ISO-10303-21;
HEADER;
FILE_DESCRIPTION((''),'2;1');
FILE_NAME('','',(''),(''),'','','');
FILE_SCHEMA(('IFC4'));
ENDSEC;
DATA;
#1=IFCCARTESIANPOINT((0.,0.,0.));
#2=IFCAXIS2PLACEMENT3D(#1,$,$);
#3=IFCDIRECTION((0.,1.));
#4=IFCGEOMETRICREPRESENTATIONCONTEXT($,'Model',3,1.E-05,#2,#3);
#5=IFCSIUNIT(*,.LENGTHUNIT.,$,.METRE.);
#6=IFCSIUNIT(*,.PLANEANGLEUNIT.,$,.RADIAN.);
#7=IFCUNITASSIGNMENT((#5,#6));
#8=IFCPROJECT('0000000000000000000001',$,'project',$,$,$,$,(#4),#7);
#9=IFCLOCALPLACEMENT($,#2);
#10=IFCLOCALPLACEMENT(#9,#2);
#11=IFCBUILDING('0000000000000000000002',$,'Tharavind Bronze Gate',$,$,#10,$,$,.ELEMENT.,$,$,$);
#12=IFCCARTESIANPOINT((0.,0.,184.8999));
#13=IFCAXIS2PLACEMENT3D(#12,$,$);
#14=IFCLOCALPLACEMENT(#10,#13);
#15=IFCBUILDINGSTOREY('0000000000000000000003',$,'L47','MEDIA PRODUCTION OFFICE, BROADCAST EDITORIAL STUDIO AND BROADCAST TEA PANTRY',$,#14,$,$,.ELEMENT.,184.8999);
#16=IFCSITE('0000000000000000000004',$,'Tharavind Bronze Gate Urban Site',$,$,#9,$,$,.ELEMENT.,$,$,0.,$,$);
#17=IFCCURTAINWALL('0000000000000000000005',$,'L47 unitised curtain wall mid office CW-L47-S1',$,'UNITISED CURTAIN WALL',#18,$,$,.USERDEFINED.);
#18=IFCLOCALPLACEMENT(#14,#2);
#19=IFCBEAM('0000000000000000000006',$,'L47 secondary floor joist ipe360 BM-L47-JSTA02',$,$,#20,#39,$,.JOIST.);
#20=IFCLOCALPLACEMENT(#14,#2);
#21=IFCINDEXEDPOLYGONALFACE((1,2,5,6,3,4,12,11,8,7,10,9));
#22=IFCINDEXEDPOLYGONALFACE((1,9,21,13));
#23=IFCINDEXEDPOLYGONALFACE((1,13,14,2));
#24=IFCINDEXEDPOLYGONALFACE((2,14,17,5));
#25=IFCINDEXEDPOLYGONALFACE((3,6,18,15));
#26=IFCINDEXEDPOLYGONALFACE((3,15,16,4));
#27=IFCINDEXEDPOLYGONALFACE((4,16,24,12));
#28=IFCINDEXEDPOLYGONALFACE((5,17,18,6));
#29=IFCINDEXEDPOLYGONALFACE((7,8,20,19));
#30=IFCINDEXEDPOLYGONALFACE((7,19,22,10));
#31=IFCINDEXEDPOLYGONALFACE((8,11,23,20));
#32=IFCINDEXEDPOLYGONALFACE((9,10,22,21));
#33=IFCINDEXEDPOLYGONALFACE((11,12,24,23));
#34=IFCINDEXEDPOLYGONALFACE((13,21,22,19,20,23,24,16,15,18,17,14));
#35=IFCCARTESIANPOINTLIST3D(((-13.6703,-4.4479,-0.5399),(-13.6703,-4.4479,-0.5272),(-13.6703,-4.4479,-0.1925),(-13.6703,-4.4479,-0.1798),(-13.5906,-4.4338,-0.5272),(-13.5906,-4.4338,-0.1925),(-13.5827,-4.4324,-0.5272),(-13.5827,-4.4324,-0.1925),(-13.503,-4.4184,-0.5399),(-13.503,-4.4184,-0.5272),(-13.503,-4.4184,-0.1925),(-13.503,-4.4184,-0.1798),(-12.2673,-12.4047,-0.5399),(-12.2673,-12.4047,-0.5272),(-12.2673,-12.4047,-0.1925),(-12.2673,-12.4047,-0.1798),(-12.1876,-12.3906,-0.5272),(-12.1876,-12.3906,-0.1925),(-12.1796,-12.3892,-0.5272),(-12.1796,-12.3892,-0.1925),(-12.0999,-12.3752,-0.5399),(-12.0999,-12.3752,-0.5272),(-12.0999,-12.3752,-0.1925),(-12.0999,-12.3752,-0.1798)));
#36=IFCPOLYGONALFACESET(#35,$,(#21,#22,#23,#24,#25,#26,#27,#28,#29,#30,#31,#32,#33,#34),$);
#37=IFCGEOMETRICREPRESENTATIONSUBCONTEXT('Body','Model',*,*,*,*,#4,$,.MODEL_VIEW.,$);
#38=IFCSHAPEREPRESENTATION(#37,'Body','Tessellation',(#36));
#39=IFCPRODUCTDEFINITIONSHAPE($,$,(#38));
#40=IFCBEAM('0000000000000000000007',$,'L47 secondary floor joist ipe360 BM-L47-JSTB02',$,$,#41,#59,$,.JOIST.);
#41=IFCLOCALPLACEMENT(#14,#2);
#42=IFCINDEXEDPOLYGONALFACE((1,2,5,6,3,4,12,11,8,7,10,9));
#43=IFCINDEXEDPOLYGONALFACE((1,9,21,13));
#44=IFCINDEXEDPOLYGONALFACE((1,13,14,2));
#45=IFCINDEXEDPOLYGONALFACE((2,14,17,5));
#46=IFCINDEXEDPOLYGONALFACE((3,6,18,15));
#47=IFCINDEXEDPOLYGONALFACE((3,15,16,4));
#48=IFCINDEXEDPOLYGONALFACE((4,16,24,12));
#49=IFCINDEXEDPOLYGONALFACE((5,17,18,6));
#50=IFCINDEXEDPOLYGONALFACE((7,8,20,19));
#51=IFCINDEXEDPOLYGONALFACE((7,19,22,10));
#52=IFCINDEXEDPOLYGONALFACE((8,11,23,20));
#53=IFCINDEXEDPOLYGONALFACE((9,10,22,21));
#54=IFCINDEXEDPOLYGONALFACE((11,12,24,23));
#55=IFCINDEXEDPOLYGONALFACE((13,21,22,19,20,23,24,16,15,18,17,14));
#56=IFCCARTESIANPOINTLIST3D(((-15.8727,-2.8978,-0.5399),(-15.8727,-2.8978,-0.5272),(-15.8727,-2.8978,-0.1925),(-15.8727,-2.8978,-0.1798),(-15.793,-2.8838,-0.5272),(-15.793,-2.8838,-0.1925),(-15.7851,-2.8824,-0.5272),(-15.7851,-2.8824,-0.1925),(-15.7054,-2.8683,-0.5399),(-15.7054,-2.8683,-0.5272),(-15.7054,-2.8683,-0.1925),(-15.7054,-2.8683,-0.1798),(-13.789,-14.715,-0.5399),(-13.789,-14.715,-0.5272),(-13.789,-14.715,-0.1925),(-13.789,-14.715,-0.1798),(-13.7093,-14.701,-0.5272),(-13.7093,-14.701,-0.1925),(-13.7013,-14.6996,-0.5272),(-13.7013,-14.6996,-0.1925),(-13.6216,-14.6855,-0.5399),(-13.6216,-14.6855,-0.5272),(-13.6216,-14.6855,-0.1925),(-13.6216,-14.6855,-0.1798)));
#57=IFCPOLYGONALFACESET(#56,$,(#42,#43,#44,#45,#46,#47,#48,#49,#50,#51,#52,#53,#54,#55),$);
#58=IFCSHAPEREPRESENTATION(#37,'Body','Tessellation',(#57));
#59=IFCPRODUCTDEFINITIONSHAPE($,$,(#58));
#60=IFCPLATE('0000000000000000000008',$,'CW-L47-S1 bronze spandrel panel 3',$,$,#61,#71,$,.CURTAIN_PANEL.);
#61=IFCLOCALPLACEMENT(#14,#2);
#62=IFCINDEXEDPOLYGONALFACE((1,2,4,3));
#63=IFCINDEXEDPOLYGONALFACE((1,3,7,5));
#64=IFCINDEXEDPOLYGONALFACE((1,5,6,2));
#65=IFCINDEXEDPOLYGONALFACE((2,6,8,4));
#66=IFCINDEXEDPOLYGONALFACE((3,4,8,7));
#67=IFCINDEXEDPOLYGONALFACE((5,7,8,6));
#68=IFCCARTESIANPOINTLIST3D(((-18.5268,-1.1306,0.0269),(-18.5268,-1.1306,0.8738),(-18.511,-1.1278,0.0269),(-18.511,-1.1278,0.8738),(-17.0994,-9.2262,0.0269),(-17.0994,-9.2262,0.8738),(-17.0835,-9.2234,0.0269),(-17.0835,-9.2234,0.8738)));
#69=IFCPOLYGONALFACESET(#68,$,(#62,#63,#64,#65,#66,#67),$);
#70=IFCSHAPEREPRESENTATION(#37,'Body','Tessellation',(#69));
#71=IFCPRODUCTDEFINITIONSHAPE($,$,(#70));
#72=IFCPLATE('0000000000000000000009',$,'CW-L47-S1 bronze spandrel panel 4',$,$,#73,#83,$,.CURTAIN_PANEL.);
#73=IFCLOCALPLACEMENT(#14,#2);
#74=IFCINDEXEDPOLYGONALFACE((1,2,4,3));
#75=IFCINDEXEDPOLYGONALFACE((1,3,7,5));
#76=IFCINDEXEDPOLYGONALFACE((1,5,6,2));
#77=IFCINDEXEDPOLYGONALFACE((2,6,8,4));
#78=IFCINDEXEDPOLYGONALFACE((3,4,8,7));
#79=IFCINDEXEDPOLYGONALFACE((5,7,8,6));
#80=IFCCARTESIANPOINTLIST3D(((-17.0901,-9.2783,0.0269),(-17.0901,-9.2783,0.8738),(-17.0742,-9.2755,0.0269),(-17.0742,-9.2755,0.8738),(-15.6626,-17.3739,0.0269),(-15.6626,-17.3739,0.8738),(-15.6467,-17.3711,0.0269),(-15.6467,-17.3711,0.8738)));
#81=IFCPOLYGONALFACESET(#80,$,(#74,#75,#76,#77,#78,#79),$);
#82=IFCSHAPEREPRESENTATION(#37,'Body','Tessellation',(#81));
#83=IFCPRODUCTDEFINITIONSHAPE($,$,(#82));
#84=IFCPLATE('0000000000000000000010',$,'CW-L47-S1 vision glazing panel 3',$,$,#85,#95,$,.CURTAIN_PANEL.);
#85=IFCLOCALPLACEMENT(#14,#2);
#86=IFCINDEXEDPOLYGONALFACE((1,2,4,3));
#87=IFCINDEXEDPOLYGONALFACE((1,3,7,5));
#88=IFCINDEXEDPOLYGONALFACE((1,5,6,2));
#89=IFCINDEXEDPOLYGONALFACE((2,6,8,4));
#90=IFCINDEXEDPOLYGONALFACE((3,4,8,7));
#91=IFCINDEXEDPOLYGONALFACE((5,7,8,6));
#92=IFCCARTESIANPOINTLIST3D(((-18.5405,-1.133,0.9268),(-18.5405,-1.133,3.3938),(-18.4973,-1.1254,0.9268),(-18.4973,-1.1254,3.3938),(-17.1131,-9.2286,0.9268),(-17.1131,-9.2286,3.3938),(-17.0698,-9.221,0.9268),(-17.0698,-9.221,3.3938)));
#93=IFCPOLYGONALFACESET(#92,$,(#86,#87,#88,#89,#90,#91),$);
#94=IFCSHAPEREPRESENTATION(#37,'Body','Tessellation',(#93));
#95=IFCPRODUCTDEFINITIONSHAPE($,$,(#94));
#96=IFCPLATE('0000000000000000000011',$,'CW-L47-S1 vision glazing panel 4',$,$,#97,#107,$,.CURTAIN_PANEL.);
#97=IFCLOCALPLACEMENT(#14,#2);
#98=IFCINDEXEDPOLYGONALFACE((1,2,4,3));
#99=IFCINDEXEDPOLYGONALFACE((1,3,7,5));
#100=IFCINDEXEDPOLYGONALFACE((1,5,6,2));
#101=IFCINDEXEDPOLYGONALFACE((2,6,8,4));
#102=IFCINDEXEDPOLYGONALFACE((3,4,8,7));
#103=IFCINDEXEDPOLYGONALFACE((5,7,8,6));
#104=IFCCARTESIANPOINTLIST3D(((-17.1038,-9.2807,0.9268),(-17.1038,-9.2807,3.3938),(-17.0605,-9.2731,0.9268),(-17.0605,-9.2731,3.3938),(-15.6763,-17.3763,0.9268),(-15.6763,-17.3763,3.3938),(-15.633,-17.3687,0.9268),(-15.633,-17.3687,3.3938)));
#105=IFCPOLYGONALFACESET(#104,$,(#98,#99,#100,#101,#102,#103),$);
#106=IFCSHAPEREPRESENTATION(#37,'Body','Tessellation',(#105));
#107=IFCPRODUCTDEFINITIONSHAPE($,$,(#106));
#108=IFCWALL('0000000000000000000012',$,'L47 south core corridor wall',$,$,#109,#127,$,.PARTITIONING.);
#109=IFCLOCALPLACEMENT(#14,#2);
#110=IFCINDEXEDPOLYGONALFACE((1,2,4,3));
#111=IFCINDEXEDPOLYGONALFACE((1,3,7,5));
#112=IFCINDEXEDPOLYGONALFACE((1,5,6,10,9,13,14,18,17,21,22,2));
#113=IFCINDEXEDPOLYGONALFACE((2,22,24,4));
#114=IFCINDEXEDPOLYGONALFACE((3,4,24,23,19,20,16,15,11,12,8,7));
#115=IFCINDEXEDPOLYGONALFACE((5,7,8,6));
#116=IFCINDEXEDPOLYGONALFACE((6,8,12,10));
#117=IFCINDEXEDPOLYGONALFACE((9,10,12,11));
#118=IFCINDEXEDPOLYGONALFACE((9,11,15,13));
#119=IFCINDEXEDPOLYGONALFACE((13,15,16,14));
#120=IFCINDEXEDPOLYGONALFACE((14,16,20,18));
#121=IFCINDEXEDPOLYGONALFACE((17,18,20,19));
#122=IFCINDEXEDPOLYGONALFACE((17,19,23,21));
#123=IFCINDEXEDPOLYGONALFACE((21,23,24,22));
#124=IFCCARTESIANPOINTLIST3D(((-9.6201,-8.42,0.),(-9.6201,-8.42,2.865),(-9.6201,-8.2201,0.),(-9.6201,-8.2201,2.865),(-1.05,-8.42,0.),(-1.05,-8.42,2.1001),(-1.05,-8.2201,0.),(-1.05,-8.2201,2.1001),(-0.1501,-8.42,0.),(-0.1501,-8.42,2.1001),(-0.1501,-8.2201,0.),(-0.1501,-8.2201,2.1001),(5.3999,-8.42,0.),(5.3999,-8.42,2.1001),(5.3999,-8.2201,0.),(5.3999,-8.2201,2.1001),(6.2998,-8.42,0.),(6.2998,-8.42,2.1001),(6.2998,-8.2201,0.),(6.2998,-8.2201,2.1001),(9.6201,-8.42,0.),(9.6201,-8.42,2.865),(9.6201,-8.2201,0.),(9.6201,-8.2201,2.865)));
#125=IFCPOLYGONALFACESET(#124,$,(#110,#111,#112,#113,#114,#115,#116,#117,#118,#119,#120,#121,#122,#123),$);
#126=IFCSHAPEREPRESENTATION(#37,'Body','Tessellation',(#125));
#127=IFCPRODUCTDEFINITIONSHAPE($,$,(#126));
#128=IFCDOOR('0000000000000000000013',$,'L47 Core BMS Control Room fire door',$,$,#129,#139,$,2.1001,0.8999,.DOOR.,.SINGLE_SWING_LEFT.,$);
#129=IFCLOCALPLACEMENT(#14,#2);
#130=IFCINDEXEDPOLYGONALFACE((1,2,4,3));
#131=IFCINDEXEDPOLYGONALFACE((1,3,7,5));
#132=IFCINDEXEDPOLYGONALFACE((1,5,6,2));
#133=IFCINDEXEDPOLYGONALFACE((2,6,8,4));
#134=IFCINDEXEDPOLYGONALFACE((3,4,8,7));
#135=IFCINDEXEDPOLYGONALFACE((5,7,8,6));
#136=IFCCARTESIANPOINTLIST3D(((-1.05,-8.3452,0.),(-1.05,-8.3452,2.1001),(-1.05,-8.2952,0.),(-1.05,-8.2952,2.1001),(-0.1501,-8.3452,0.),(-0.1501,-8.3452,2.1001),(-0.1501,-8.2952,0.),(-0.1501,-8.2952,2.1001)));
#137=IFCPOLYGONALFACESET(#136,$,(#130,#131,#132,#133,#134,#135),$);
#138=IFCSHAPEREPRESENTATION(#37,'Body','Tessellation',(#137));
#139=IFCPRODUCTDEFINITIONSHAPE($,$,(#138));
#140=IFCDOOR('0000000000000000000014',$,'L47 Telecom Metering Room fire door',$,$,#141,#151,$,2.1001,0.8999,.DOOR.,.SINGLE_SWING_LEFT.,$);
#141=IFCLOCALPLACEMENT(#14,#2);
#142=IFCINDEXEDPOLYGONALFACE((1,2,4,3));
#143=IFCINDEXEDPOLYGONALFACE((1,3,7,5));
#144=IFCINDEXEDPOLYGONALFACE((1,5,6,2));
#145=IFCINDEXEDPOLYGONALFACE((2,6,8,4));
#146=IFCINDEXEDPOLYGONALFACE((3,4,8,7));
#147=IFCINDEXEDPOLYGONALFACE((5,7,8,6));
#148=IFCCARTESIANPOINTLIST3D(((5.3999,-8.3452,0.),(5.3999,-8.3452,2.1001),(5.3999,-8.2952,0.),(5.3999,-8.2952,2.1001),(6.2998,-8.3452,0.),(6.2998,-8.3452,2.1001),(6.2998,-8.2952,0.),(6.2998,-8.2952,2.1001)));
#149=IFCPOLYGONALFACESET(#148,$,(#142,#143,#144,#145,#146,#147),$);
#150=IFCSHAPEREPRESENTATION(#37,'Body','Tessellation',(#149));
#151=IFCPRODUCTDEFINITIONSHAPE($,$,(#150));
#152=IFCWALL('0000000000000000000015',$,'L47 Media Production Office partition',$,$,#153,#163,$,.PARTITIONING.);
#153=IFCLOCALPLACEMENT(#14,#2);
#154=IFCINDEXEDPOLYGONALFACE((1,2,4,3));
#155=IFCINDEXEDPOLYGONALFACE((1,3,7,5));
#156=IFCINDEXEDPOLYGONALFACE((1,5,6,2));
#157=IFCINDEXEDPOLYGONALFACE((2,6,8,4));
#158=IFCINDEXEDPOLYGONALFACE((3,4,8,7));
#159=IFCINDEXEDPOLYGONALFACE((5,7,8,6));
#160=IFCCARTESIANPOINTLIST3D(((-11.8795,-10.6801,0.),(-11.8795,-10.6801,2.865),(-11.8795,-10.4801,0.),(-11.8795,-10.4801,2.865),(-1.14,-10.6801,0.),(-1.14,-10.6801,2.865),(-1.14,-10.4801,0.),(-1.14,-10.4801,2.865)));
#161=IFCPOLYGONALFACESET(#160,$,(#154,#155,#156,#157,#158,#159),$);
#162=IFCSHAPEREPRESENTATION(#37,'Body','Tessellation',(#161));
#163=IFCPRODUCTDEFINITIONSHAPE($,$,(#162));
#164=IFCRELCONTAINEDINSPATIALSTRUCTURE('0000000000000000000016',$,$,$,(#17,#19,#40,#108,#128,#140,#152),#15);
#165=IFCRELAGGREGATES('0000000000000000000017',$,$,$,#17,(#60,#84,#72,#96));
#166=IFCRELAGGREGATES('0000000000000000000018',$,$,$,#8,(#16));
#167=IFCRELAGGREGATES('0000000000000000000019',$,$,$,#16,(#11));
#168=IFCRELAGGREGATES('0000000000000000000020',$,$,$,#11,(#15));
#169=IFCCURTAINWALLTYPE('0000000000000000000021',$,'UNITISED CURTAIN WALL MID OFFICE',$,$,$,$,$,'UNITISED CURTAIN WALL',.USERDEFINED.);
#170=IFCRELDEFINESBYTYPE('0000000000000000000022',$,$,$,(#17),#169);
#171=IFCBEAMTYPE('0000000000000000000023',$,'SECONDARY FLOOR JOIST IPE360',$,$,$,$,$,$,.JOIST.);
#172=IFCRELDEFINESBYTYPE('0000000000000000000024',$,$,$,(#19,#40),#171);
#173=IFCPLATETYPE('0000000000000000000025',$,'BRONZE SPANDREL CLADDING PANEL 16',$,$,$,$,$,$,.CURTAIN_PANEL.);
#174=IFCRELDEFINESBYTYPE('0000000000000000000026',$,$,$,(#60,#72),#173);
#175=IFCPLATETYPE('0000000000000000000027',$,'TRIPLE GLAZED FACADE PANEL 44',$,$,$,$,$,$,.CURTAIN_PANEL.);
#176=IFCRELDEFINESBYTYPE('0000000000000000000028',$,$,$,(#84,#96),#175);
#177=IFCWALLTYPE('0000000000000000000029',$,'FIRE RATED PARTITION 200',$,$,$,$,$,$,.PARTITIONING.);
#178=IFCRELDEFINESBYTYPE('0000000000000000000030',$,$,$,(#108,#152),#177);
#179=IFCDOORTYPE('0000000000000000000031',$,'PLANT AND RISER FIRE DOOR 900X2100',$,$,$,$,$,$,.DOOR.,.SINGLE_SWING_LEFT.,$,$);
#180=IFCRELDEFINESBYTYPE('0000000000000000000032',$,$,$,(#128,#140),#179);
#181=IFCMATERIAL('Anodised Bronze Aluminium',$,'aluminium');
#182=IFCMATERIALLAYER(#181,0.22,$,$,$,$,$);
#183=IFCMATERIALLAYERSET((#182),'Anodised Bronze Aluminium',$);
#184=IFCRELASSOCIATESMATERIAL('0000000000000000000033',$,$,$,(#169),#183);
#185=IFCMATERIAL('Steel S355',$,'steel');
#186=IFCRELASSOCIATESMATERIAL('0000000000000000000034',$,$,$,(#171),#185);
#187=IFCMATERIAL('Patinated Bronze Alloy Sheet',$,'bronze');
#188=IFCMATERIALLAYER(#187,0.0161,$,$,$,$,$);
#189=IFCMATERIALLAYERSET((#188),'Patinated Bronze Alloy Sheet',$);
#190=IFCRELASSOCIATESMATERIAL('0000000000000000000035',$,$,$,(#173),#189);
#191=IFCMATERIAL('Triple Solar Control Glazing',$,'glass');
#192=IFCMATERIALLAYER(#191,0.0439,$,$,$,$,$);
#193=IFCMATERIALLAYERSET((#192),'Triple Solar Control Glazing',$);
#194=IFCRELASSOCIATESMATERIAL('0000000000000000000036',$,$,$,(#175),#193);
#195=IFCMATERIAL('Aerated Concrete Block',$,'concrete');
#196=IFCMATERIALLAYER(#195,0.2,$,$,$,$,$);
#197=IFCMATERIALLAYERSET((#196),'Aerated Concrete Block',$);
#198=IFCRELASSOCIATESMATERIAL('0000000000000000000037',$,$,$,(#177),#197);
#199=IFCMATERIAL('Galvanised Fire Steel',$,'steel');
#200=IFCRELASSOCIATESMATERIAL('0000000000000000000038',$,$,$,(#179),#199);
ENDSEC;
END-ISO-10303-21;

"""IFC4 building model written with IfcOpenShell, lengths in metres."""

from ifc_helpers import new_model, si_unit, direction, frame, frame_2d, origin, origin_2d, place, context, subcontext, project, spatial, rectangle, i_section, extrude, material, layer, layer_set, material_profile, profile_set, type_object, element, fill, aggregate, save


model = new_model("IFC4")

# Units and contexts
model_context = context("Model", 3, precision=1e-05, world=origin(), true_north=direction((0.0, 1.0)))
body_context = subcontext(model_context, "Body", "Model", "MODEL_VIEW")
ifc_project = project(units=[si_unit("LENGTHUNIT", "METRE"), si_unit("PLANEANGLEUNIT", "RADIAN")], contexts=[model_context])

# Site, building, storey
site_placement = place(None, origin())
site = spatial("IfcSite", under=ifc_project, at=site_placement, Name="Tharavind Bronze Gate Urban Site", CompositionType="ELEMENT", RefElevation=0.0)
building_placement = place(site_placement, origin())
building = spatial("IfcBuilding", under=site, at=building_placement, Name="Tharavind Bronze Gate", CompositionType="ELEMENT")
storey_placement = place(building_placement, frame((0.0, 0.0, 184.8999)))
storey = spatial("IfcBuildingStorey", under=building, at=storey_placement, Name="L47", Description="MEDIA PRODUCTION OFFICE, BROADCAST EDITORIAL STUDIO AND BROADCAST TEA PANTRY", CompositionType="ELEMENT", Elevation=184.8999)

# Curtain wall
ifc_material_1 = material(Name="Anodised Bronze Aluminium", Category="aluminium")
ifc_layer_1 = layer(ifc_material_1, 0.22)
ifc_layer_set_1 = layer_set([ifc_layer_1], Name="Anodised Bronze Aluminium")
curtain_wall_type = type_object("IfcCurtainWallType", Name="UNITISED CURTAIN WALL MID OFFICE", ElementType="UNITISED CURTAIN WALL", PredefinedType="USERDEFINED", material=ifc_layer_set_1)
curtain_wall_placement = place(storey_placement, origin())
curtain_wall = element("IfcCurtainWall", 1, at=curtain_wall_placement, inside=storey, type_object=curtain_wall_type, Name="L47 unitised curtain wall mid office CW-L47-S1", ObjectType="UNITISED CURTAIN WALL", PredefinedType="USERDEFINED")

# Beams
ifc_material_2 = material(Name="Steel S355", Category="steel")
ifc_material_profile_1 = material_profile(ifc_material_2, i_section(OverallWidth=0.1699, OverallDepth=0.3601, WebThickness=0.0081, FlangeThickness=0.0127, at=origin_2d()), Name="IPE360")
ifc_profile_set_1 = profile_set([ifc_material_profile_1], Name="Steel S355")
beam_type_1 = type_object("IfcBeamType", Name="SECONDARY FLOOR JOIST IPE360", PredefinedType="JOIST", material=ifc_profile_set_1)
beam_1_placement = place(storey_placement, frame((-13.5867, -4.4331, -0.3599), z_axis=(0.173658, -0.984806, 0.0), x_axis=(0.984806, 0.173658, 0.0)))
element("IfcBeam", 2, at=beam_1_placement, inside=storey, type_object=beam_type_1, Name="L47 secondary floor joist ipe360 BM-L47-JSTA02", PredefinedType="JOIST", context=body_context, shape_type="SweptSolid", body=[
    extrude(i_section(OverallWidth=0.1699, OverallDepth=0.3601, WebThickness=0.0081, FlangeThickness=0.0127, at=origin_2d()), origin(), (0.0, 0.0, 1.0), 8.0796),
])
beam_2_placement = place(storey_placement, frame((-15.7891, -2.8831, -0.3599), z_axis=(0.173653, -0.984807, 0.0), x_axis=(0.984807, 0.173653, 0.0)))
element("IfcBeam", 3, at=beam_2_placement, inside=storey, type_object=beam_type_1, Name="L47 secondary floor joist ipe360 BM-L47-JSTB02", PredefinedType="JOIST", context=body_context, shape_type="SweptSolid", body=[
    extrude(i_section(OverallWidth=0.1699, OverallDepth=0.3601, WebThickness=0.0081, FlangeThickness=0.0127, at=origin_2d()), origin(), (0.0, 0.0, 1.0), 11.9995),
])

# Plates
ifc_material_3 = material(Name="Patinated Bronze Alloy Sheet", Category="bronze")
ifc_layer_2 = layer(ifc_material_3, 0.0161)
ifc_layer_set_2 = layer_set([ifc_layer_2], Name="Patinated Bronze Alloy Sheet")
plate_type_1 = type_object("IfcPlateType", Name="BRONZE SPANDREL CLADDING PANEL 16", PredefinedType="CURTAIN_PANEL", material=ifc_layer_set_2)
plate_1_placement = place(storey_placement, frame((-17.8052, -5.177, 0.0269), z_axis=(0.0, 0.0, 1.0), x_axis=(0.173648, -0.984808, 0.0)))
plate_1 = element("IfcPlate", 4, at=plate_1_placement, type_object=plate_type_1, Name="CW-L47-S1 bronze spandrel panel 3", PredefinedType="CURTAIN_PANEL", context=body_context, shape_type="SweptSolid", body=[
    extrude(rectangle(XDim=8.2205, YDim=0.0161, at=origin_2d()), origin(), (0.0, 0.0, 1.0), 0.8469),
])
plate_2_placement = place(storey_placement, frame((-16.3684, -13.3247, 0.0269), z_axis=(0.0, 0.0, 1.0), x_axis=(0.173648, -0.984808, 0.0)))
plate_2 = element("IfcPlate", 5, at=plate_2_placement, type_object=plate_type_1, Name="CW-L47-S1 bronze spandrel panel 4", PredefinedType="CURTAIN_PANEL", context=body_context, shape_type="SweptSolid", body=[
    extrude(rectangle(XDim=8.2205, YDim=0.0161, at=origin_2d()), origin(), (0.0, 0.0, 1.0), 0.8469),
])
ifc_material_4 = material(Name="Triple Solar Control Glazing", Category="glass")
ifc_layer_3 = layer(ifc_material_4, 0.0439)
ifc_layer_set_3 = layer_set([ifc_layer_3], Name="Triple Solar Control Glazing")
plate_type_2 = type_object("IfcPlateType", Name="TRIPLE GLAZED FACADE PANEL 44", PredefinedType="CURTAIN_PANEL", material=ifc_layer_set_3)
plate_3_placement = place(storey_placement, frame((-17.8052, -5.177, 0.9268), z_axis=(0.0, 0.0, 1.0), x_axis=(0.173648, -0.984808, 0.0)))
plate_3 = element("IfcPlate", 6, at=plate_3_placement, type_object=plate_type_2, Name="CW-L47-S1 vision glazing panel 3", PredefinedType="CURTAIN_PANEL", context=body_context, shape_type="SweptSolid", body=[
    extrude(rectangle(XDim=8.2205, YDim=0.0439, at=origin_2d()), origin(), (0.0, 0.0, 1.0), 2.467),
])
plate_4_placement = place(storey_placement, frame((-16.3684, -13.3247, 0.9268), z_axis=(0.0, 0.0, 1.0), x_axis=(0.173648, -0.984808, 0.0)))
plate_4 = element("IfcPlate", 7, at=plate_4_placement, type_object=plate_type_2, Name="CW-L47-S1 vision glazing panel 4", PredefinedType="CURTAIN_PANEL", context=body_context, shape_type="SweptSolid", body=[
    extrude(rectangle(XDim=8.2205, YDim=0.0439, at=origin_2d()), origin(), (0.0, 0.0, 1.0), 2.467),
])
aggregate(curtain_wall, [plate_1, plate_3, plate_2, plate_4])

# Wall, openings, doors
ifc_material_5 = material(Name="Aerated Concrete Block", Category="concrete")
ifc_layer_4 = layer(ifc_material_5, 0.2)
ifc_layer_set_4 = layer_set([ifc_layer_4], Name="Aerated Concrete Block")
wall_type = type_object("IfcWallType", Name="FIRE RATED PARTITION 200", PredefinedType="PARTITIONING", material=ifc_layer_set_4)
wall_1_placement = place(storey_placement, frame((-9.6201, -8.3201, 0.0), z_axis=(0.0, 0.0, 1.0), x_axis=(1.0, 0.0, 0.0)))
wall_1 = element("IfcWall", 8, at=wall_1_placement, inside=storey, type_object=wall_type, Name="L47 south core corridor wall", PredefinedType="PARTITIONING", context=body_context, shape_type="SweptSolid", body=[
    extrude(rectangle(XDim=19.2402, YDim=0.2, at=frame_2d((9.6201, 0.0))), origin(), (0.0, 0.0, 1.0), 2.865),
])
opening_1_placement = place(wall_1_placement, frame((8.5701, 0.0, 0.0)))
opening_1 = element("IfcOpeningElement", 9, at=opening_1_placement, cuts=wall_1, PredefinedType="OPENING", context=body_context, shape_type="SweptSolid", body=[
    extrude(rectangle(XDim=0.8999, YDim=2.1001, at=frame_2d((0.45, 1.05))), frame((0.0, 0.1101, 0.0), z_axis=(0.0, -1.0, 0.0), x_axis=(1.0, 0.0, 0.0)), (0.0, 0.0, 1.0), 0.22),
])
opening_2_placement = place(wall_1_placement, frame((15.02, 0.0, 0.0)))
opening_2 = element("IfcOpeningElement", 10, at=opening_2_placement, cuts=wall_1, PredefinedType="OPENING", context=body_context, shape_type="SweptSolid", body=[
    extrude(rectangle(XDim=0.8999, YDim=2.1001, at=frame_2d((0.45, 1.05))), frame((0.0, 0.1101, 0.0), z_axis=(0.0, -1.0, 0.0), x_axis=(1.0, 0.0, 0.0)), (0.0, 0.0, 1.0), 0.22),
])
ifc_material_6 = material(Name="Galvanised Fire Steel", Category="steel")
door_type = type_object("IfcDoorType", Name="PLANT AND RISER FIRE DOOR 900X2100", OperationType="SINGLE_SWING_LEFT", PredefinedType="DOOR", material=ifc_material_6)
door_1_placement = place(opening_1_placement, origin())
door_1 = element("IfcDoor", 11, at=door_1_placement, inside=storey, type_object=door_type, Name="L47 Core BMS Control Room fire door", OperationType="SINGLE_SWING_LEFT", OverallHeight=2.1001, OverallWidth=0.8999, PredefinedType="DOOR", context=body_context, shape_type="SweptSolid", body=[
    extrude(rectangle(XDim=0.8999, YDim=2.1001, at=frame_2d((0.45, 1.05))), frame((0.0, 0.0249, 0.0), z_axis=(0.0, -1.0, 0.0), x_axis=(1.0, 0.0, 0.0)), (0.0, 0.0, 1.0), 0.05),
])
fill(opening_1, door_1)
door_2_placement = place(opening_2_placement, origin())
door_2 = element("IfcDoor", 12, at=door_2_placement, inside=storey, type_object=door_type, Name="L47 Telecom Metering Room fire door", OperationType="SINGLE_SWING_LEFT", OverallHeight=2.1001, OverallWidth=0.8999, PredefinedType="DOOR", context=body_context, shape_type="SweptSolid", body=[
    extrude(rectangle(XDim=0.8999, YDim=2.1001, at=frame_2d((0.45, 1.05))), frame((0.0, 0.0249, 0.0), z_axis=(0.0, -1.0, 0.0), x_axis=(1.0, 0.0, 0.0)), (0.0, 0.0, 1.0), 0.05),
])
fill(opening_2, door_2)

# Wall
wall_2_placement = place(storey_placement, frame((-11.8794, -10.5801, 0.0), z_axis=(0.0, 0.0, 1.0), x_axis=(1.0, 0.0, 0.0)))
element("IfcWall", 13, at=wall_2_placement, inside=storey, type_object=wall_type, Name="L47 Media Production Office partition", PredefinedType="PARTITIONING", context=body_context, shape_type="SweptSolid", body=[
    extrude(rectangle(XDim=10.7395, YDim=0.2, at=frame_2d((5.3696, 0.0))), origin(), (0.0, 0.0, 1.0), 2.865),
])

save(model, "model.ifc")
